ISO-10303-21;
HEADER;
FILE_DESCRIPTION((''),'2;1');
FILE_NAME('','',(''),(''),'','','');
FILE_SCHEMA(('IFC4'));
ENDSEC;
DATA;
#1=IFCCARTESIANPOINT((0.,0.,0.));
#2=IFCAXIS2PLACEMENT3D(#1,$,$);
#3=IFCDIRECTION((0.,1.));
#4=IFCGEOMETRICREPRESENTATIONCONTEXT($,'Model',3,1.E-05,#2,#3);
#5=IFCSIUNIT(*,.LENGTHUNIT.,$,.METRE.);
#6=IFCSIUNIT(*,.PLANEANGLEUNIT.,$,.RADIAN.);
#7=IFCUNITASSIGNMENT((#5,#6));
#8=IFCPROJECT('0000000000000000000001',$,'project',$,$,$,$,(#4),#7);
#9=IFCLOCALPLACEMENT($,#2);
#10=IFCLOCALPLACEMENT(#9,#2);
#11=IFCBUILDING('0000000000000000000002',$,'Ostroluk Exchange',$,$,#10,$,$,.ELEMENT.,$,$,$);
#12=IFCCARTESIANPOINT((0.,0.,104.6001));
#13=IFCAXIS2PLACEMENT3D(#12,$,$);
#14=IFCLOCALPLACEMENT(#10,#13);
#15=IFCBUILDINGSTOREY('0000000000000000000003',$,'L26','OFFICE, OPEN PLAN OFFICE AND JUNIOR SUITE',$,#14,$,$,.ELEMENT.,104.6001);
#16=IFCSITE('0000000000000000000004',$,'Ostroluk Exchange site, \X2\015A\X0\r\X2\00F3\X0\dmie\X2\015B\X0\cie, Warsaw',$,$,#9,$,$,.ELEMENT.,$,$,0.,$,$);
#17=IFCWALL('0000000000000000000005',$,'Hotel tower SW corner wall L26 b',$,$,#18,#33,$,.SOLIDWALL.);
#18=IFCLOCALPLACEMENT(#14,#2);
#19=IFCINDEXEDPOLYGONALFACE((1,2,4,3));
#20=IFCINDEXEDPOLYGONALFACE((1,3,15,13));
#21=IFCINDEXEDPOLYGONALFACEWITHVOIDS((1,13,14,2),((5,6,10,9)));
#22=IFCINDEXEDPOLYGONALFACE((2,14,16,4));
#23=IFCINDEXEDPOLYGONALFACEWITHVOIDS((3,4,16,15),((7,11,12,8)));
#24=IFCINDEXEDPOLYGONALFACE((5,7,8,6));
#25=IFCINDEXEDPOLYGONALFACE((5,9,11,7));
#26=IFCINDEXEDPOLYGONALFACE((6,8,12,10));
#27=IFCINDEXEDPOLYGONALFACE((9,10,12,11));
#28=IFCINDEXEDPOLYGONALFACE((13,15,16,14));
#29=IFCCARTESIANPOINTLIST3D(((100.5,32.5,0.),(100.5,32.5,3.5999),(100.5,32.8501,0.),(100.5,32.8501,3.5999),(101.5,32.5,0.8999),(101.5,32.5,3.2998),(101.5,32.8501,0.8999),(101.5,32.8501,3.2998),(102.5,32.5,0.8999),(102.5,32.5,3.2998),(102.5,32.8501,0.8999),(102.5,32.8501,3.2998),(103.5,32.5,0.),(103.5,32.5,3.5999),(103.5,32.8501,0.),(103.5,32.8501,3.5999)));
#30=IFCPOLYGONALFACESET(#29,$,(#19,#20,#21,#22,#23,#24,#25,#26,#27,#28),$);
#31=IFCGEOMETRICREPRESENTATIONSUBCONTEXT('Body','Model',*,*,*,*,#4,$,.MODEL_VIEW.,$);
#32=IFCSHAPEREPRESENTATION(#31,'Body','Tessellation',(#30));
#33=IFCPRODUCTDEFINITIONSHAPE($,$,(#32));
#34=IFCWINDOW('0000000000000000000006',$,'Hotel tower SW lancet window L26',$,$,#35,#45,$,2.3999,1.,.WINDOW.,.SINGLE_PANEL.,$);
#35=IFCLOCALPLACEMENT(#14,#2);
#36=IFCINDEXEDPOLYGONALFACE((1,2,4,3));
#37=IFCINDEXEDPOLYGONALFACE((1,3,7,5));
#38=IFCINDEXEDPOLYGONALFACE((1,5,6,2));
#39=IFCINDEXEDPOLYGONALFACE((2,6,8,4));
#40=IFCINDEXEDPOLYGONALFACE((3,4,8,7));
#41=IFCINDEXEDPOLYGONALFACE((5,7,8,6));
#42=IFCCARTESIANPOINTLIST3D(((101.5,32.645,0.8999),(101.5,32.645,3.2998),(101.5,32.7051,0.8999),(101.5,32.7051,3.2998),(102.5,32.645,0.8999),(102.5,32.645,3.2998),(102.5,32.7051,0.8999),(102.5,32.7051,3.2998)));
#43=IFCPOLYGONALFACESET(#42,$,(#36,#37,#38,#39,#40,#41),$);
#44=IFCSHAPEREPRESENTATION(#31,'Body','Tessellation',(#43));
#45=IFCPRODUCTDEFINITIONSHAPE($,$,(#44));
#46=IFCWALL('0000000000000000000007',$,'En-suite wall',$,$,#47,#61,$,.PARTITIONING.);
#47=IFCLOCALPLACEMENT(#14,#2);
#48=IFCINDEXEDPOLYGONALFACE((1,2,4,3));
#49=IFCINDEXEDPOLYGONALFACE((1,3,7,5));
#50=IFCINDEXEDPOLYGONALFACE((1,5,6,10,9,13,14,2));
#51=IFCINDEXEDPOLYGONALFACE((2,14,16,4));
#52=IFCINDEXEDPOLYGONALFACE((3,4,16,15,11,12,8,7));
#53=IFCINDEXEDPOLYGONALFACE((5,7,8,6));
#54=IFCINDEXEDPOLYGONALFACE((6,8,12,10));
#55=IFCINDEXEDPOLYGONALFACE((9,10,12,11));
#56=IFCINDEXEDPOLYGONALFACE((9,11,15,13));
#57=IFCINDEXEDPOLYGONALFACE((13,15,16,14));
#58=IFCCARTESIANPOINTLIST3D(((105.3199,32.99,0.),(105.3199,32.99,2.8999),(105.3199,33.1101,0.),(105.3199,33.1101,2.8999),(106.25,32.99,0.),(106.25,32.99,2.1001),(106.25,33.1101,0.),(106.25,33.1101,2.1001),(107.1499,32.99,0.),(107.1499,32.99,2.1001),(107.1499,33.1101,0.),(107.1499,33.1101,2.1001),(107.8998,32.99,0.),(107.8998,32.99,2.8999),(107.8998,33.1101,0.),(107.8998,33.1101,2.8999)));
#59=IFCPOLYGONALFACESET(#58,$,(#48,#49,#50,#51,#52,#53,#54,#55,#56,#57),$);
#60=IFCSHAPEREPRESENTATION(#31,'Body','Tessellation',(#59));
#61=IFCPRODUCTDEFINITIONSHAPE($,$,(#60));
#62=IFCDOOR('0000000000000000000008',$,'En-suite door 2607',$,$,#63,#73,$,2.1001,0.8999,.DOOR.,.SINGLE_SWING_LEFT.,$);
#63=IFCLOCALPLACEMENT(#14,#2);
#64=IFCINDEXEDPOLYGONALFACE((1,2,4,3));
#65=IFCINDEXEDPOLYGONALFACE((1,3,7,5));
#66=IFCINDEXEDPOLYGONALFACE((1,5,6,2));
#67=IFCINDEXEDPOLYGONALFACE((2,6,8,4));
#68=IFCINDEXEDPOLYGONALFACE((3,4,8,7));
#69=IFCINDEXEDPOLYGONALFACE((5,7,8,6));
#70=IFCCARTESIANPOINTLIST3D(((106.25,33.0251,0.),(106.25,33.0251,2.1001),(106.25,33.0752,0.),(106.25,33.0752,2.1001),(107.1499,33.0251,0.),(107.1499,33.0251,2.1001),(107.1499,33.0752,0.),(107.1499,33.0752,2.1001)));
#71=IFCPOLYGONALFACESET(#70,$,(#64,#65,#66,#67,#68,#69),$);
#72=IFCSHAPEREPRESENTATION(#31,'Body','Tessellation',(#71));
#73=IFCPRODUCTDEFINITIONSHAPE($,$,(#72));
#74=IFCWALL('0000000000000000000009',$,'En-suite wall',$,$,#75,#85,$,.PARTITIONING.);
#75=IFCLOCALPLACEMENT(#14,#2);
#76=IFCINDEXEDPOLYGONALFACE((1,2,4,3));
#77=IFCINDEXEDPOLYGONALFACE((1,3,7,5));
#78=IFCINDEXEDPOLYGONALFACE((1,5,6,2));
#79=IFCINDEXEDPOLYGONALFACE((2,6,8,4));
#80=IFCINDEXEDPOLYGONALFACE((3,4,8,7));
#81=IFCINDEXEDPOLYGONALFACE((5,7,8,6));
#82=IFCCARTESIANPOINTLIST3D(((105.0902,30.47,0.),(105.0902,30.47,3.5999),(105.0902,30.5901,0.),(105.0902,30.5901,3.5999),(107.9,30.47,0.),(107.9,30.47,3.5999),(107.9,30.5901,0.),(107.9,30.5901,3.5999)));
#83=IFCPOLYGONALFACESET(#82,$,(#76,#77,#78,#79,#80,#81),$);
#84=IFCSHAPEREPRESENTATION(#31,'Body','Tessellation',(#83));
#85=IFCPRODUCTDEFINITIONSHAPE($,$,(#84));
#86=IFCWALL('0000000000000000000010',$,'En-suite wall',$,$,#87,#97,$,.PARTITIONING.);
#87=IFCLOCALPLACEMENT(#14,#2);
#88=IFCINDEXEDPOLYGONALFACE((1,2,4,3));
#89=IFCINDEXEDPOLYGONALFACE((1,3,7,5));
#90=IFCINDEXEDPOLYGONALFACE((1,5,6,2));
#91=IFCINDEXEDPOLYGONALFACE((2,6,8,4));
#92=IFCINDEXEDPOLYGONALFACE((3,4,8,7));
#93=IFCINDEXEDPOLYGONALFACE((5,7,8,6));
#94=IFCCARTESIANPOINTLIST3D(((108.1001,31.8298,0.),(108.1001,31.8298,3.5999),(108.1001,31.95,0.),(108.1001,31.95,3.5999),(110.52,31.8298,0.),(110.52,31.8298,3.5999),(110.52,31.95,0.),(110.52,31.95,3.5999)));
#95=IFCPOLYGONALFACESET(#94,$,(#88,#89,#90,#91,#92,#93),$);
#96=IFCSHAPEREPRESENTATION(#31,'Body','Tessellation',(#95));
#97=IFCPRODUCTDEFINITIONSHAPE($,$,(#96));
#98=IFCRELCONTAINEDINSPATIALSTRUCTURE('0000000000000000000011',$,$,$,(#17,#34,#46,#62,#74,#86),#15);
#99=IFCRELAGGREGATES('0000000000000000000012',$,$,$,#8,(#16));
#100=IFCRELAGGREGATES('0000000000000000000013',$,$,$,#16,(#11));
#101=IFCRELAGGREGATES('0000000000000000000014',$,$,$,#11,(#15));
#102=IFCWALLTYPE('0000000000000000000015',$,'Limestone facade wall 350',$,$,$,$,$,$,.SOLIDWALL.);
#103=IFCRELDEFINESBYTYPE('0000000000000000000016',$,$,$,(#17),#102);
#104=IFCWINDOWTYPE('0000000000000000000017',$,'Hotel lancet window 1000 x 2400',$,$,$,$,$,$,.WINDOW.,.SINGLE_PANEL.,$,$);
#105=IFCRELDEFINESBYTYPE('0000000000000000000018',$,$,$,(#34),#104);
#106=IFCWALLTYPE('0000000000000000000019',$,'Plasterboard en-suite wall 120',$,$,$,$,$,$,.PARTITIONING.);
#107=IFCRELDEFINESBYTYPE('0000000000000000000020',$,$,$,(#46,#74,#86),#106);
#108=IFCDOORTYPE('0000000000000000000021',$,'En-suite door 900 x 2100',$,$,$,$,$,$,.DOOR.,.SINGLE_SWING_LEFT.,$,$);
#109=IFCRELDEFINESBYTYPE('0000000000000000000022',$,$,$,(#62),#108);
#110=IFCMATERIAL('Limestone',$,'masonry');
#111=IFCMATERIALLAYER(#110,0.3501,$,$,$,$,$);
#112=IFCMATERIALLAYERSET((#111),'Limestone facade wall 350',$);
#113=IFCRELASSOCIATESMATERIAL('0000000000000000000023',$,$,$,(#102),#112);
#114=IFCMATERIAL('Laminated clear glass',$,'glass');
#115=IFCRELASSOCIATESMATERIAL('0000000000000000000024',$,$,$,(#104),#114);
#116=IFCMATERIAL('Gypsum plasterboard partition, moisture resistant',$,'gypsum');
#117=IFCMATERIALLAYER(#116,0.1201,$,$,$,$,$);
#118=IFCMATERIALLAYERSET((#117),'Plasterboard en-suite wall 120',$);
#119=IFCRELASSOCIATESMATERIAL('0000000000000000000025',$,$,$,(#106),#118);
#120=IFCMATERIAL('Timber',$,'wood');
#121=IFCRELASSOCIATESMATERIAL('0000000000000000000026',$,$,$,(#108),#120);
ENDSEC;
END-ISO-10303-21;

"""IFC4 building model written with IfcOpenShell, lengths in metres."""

from ifc_helpers import new_model, si_unit, direction, frame, frame_2d, origin, place, context, subcontext, project, spatial, rectangle, extrude, material, layer, layer_set, type_object, element, fill, save


model = new_model("IFC4")

# Units and contexts
model_context = context("Model", 3, precision=1e-05, world=origin(), true_north=direction((0.0, 1.0)))
body_context = subcontext(model_context, "Body", "Model", "MODEL_VIEW")
ifc_project = project(units=[si_unit("LENGTHUNIT", "METRE"), si_unit("PLANEANGLEUNIT", "RADIAN")], contexts=[model_context])

# Site, building, storey
site_placement = place(None, origin())
site = spatial("IfcSite", under=ifc_project, at=site_placement, Name="Ostroluk Exchange site, Śródmieście, Warsaw", CompositionType="ELEMENT", RefElevation=0.0)
building_placement = place(site_placement, origin())
building = spatial("IfcBuilding", under=site, at=building_placement, Name="Ostroluk Exchange", CompositionType="ELEMENT")
storey_placement = place(building_placement, frame((0.0, 0.0, 104.6001)))
storey = spatial("IfcBuildingStorey", under=building, at=storey_placement, Name="L26", Description="OFFICE, OPEN PLAN OFFICE AND JUNIOR SUITE", CompositionType="ELEMENT", Elevation=104.6001)

# Shared definitions
ifc_material_1 = material(Name="Limestone", Category="masonry")
ifc_layer_1 = layer(ifc_material_1, 0.3501)
ifc_layer_set_1 = layer_set([ifc_layer_1], Name="Limestone facade wall 350")
wall_type_1 = type_object("IfcWallType", Name="Limestone facade wall 350", PredefinedType="SOLIDWALL", material=ifc_layer_set_1)

# Wall, opening, window
wall_1_placement = place(storey_placement, frame((103.5, 32.675, 0.0), z_axis=(0.0, 0.0, 1.0), x_axis=(-1.0, 0.0, 0.0)))
wall_1 = element("IfcWall", 1, at=wall_1_placement, inside=storey, type_object=wall_type_1, Name="Hotel tower SW corner wall L26 b", PredefinedType="SOLIDWALL", context=body_context, shape_type="SweptSolid", body=[
    extrude(rectangle(XDim=3.0, YDim=0.3501, at=frame_2d((1.5, 0.0))), origin(), (0.0, 0.0, 1.0), 3.5999),
])
opening_1_placement = place(wall_1_placement, frame((1.0, 0.0, 0.8999)))
opening_1 = element("IfcOpeningElement", 2, at=opening_1_placement, cuts=wall_1, PredefinedType="OPENING", context=body_context, shape_type="SweptSolid", body=[
    extrude(rectangle(XDim=1.0, YDim=2.3999, at=frame_2d((0.5, 1.2))), frame((0.0, 0.1851, 0.0), z_axis=(0.0, -1.0, 0.0), x_axis=(1.0, 0.0, 0.0)), (0.0, 0.0, 1.0), 0.3701),
])
ifc_material_2 = material(Name="Laminated clear glass", Category="glass")
window_type = type_object("IfcWindowType", Name="Hotel lancet window 1000 x 2400", PartitioningType="SINGLE_PANEL", PredefinedType="WINDOW", material=ifc_material_2)
window_placement = place(opening_1_placement, origin())
window = element("IfcWindow", 3, at=window_placement, inside=storey, type_object=window_type, Name="Hotel tower SW lancet window L26", OverallHeight=2.3999, OverallWidth=1.0, PartitioningType="SINGLE_PANEL", PredefinedType="WINDOW", context=body_context, shape_type="SweptSolid", body=[
    extrude(rectangle(XDim=1.0, YDim=2.3999, at=frame_2d((0.5, 1.2))), frame((0.0, 0.03, 0.0), z_axis=(0.0, -1.0, 0.0), x_axis=(1.0, 0.0, 0.0)), (0.0, 0.0, 1.0), 0.0601),
])
fill(opening_1, window)

# Wall, opening, door
ifc_material_3 = material(Name="Gypsum plasterboard partition, moisture resistant", Category="gypsum")
ifc_layer_2 = layer(ifc_material_3, 0.1201)
ifc_layer_set_2 = layer_set([ifc_layer_2], Name="Plasterboard en-suite wall 120")
wall_type_2 = type_object("IfcWallType", Name="Plasterboard en-suite wall 120", PredefinedType="PARTITIONING", material=ifc_layer_set_2)
wall_2_placement = place(storey_placement, frame((107.8999, 33.05, 0.0), z_axis=(0.0, 0.0, 1.0), x_axis=(-1.0, 0.0, 0.0)))
wall_2 = element("IfcWall", 4, at=wall_2_placement, inside=storey, type_object=wall_type_2, Name="En-suite wall", PredefinedType="PARTITIONING", context=body_context, shape_type="SweptSolid", body=[
    extrude(rectangle(XDim=2.5798, YDim=0.1201, at=frame_2d((1.29, 0.0))), origin(), (0.0, 0.0, 1.0), 2.8999),
])
opening_2_placement = place(wall_2_placement, frame((0.75, 0.0, 0.0)))
opening_2 = element("IfcOpeningElement", 5, at=opening_2_placement, cuts=wall_2, PredefinedType="OPENING", context=body_context, shape_type="SweptSolid", body=[
    extrude(rectangle(XDim=0.8999, YDim=2.1001, at=frame_2d((0.45, 1.05))), frame((0.0, 0.0701, 0.0), z_axis=(0.0, -1.0, 0.0), x_axis=(1.0, 0.0, 0.0)), (0.0, 0.0, 1.0), 0.1401),
])
ifc_material_4 = material(Name="Timber", Category="wood")
door_type_1 = type_object("IfcDoorType", Name="En-suite door 900 x 2100", OperationType="SINGLE_SWING_LEFT", PredefinedType="DOOR", material=ifc_material_4)
door_1_placement = place(opening_2_placement, origin())
door_1 = element("IfcDoor", 6, at=door_1_placement, inside=storey, type_object=door_type_1, Name="En-suite door 2607", OperationType="SINGLE_SWING_LEFT", OverallHeight=2.1001, OverallWidth=0.8999, PredefinedType="DOOR", context=body_context, shape_type="SweptSolid", body=[
    extrude(rectangle(XDim=0.8999, YDim=2.1001, at=frame_2d((0.45, 1.05))), frame((0.0, 0.0249, 0.0), z_axis=(0.0, -1.0, 0.0), x_axis=(1.0, 0.0, 0.0)), (0.0, 0.0, 1.0), 0.05),
])
fill(opening_2, door_1)

# Walls
wall_3_placement = place(storey_placement, frame((107.8999, 30.53, 0.0), z_axis=(0.0, 0.0, 1.0), x_axis=(-1.0, 0.0, 0.0)))
element("IfcWall", 7, at=wall_3_placement, inside=storey, type_object=wall_type_2, Name="En-suite wall", PredefinedType="PARTITIONING", context=body_context, shape_type="SweptSolid", body=[
    extrude(rectangle(XDim=2.8098, YDim=0.1201, at=frame_2d((1.4048, 0.0))), origin(), (0.0, 0.0, 1.0), 3.5999),
])
wall_4_placement = place(storey_placement, frame((108.1001, 31.8899, 0.0), z_axis=(0.0, 0.0, 1.0), x_axis=(1.0, 0.0, 0.0)))
element("IfcWall", 8, at=wall_4_placement, inside=storey, type_object=wall_type_2, Name="En-suite wall", PredefinedType="PARTITIONING", context=body_context, shape_type="SweptSolid", body=[
    extrude(rectangle(XDim=2.4199, YDim=0.1201, at=frame_2d((1.21, 0.0))), origin(), (0.0, 0.0, 1.0), 3.5999),
])

save(model, "model.ifc")
